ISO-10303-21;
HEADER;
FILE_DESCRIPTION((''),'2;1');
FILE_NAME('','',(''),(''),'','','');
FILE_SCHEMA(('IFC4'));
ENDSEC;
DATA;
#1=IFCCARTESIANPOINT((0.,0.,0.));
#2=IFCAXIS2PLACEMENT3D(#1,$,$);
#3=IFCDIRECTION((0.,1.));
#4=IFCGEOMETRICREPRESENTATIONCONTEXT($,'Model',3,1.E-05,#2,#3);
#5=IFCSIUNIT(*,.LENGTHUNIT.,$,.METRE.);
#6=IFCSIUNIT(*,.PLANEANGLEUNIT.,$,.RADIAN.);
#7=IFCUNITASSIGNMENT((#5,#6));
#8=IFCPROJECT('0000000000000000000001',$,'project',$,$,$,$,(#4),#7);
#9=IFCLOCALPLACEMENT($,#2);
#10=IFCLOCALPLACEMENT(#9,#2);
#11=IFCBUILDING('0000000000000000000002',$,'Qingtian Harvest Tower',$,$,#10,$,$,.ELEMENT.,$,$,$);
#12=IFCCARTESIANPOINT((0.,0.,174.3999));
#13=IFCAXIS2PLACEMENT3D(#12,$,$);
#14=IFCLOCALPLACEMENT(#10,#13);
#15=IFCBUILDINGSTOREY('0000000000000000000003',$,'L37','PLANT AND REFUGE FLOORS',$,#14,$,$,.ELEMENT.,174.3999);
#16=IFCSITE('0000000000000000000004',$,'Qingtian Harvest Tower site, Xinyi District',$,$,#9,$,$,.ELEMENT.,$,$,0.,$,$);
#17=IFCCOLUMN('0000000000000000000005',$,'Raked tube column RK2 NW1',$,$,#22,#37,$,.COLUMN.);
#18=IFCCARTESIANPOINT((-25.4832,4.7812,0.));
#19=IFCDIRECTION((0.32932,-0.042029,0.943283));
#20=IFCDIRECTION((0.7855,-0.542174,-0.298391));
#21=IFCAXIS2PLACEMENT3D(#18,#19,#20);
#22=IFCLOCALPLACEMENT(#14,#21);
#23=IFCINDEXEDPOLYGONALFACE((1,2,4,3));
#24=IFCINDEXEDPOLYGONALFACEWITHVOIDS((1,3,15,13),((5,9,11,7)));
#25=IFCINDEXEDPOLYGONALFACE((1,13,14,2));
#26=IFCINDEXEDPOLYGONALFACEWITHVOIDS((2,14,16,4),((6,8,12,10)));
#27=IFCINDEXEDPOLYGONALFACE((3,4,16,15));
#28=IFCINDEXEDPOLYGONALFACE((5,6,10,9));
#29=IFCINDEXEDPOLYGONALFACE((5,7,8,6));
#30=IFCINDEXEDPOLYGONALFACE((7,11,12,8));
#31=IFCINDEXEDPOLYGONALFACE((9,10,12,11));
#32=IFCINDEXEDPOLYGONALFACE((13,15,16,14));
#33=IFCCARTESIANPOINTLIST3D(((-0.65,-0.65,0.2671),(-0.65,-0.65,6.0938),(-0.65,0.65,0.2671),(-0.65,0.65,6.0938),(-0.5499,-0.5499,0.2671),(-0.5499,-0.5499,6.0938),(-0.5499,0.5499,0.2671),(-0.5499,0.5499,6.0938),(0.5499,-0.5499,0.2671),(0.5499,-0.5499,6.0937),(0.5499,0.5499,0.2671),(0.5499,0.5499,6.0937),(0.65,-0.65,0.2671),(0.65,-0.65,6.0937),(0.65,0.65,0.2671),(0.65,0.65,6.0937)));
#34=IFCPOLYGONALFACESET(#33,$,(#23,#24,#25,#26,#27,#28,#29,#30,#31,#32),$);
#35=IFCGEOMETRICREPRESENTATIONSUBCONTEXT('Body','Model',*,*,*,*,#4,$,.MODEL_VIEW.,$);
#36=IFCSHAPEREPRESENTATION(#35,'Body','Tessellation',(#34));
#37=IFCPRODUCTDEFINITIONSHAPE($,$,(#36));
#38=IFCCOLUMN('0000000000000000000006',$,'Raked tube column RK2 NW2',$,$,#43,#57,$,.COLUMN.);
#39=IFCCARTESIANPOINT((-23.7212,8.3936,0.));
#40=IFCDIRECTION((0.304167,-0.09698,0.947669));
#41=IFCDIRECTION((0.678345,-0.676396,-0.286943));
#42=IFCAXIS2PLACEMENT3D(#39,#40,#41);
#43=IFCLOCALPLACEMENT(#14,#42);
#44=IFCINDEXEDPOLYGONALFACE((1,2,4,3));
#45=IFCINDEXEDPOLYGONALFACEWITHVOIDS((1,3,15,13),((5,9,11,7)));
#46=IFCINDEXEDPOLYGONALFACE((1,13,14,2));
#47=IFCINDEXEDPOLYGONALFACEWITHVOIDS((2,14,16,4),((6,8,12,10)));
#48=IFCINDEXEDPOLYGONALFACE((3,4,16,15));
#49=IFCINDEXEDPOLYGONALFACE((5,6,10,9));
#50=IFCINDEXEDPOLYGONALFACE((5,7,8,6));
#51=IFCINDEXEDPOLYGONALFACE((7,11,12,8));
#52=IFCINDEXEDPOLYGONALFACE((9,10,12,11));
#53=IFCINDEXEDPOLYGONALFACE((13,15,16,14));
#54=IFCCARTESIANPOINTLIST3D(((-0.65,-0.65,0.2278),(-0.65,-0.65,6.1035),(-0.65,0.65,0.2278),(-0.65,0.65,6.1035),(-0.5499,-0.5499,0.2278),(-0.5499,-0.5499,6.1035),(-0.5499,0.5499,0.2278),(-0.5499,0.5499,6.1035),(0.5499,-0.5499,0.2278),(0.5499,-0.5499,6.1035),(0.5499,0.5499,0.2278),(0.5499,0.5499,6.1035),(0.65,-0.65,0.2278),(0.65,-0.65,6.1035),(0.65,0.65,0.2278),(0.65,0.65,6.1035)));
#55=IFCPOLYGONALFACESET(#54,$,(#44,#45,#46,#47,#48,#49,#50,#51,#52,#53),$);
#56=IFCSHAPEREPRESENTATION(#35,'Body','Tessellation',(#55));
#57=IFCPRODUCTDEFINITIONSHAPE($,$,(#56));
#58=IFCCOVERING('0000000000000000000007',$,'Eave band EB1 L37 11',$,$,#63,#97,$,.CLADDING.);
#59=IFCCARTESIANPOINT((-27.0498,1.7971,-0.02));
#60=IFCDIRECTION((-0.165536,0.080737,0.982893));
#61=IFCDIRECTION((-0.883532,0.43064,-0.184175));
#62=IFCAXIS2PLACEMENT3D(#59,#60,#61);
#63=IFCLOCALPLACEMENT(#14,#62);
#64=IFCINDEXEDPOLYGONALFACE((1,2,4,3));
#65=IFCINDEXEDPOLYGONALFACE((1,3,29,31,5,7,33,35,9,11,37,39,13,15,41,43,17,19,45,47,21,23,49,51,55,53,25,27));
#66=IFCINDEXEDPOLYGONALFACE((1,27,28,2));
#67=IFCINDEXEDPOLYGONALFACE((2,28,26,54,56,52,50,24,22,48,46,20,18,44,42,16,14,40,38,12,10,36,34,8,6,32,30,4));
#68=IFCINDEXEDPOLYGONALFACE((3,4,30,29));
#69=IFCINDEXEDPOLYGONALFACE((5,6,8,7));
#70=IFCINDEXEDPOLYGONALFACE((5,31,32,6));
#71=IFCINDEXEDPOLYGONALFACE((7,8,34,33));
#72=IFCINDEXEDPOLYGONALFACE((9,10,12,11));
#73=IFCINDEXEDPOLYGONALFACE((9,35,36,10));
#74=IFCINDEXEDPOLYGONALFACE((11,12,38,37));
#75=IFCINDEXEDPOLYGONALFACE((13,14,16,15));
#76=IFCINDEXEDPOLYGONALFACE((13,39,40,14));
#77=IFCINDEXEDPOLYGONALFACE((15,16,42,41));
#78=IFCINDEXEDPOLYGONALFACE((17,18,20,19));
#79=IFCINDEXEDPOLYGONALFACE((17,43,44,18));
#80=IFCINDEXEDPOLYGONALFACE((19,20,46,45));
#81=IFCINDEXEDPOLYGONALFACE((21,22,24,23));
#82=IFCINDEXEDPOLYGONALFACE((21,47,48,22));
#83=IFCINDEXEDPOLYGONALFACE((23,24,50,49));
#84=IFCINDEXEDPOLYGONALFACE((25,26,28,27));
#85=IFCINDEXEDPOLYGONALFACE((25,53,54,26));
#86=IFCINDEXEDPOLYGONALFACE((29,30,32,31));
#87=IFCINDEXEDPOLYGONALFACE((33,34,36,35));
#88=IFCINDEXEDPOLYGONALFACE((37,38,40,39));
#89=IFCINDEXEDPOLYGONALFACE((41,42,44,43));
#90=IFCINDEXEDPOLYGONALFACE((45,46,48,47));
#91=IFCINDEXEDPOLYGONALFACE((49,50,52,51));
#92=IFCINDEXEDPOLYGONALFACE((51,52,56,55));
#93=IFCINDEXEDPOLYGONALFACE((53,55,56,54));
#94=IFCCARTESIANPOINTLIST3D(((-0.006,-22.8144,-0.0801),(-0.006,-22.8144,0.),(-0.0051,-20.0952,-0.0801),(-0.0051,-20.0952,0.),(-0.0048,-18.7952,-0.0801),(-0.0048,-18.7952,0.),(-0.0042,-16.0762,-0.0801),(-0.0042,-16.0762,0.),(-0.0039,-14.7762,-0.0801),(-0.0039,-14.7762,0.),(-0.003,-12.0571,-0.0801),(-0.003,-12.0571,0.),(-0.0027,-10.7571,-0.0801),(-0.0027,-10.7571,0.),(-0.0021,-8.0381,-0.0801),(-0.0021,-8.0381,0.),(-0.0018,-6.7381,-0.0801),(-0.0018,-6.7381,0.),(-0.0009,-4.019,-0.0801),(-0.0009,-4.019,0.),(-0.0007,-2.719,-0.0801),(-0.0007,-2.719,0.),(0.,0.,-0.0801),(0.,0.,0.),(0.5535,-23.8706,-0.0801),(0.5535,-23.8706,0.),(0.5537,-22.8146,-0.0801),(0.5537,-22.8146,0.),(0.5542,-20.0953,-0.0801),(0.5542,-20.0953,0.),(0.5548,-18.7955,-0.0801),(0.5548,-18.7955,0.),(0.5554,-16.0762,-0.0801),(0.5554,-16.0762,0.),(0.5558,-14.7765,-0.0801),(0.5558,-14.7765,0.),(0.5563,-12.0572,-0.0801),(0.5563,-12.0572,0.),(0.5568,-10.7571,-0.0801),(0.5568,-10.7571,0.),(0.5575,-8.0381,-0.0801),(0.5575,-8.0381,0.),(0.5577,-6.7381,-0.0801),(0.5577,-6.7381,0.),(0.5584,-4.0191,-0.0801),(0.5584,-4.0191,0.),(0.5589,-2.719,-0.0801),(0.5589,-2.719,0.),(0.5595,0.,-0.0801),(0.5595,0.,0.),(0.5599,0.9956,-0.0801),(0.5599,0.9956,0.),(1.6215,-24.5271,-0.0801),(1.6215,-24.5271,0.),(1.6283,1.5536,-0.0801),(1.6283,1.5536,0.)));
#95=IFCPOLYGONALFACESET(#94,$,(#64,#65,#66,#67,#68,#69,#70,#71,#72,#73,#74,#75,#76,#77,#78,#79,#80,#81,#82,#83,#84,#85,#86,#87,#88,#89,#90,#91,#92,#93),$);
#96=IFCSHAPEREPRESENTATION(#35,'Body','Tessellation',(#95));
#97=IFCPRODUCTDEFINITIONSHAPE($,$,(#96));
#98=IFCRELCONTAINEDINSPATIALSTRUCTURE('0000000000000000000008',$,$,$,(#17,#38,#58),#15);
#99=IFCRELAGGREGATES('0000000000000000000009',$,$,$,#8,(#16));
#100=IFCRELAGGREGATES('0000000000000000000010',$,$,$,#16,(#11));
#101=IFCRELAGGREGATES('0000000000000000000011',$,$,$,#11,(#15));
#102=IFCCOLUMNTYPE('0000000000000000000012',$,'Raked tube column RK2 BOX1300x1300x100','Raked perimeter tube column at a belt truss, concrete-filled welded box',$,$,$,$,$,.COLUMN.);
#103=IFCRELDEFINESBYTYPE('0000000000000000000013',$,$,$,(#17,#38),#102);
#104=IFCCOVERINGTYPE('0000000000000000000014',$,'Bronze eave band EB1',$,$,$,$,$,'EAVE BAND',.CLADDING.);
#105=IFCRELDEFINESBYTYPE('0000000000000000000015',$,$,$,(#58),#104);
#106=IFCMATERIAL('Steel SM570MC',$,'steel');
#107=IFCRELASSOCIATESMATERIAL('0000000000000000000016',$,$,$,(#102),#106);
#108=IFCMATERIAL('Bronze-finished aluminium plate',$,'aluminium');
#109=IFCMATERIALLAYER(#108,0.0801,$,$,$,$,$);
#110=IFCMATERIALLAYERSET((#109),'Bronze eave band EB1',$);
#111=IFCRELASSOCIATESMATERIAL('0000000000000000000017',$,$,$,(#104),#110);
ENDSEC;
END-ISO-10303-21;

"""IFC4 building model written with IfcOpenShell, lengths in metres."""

from ifc_helpers import new_model, si_unit, direction, frame, origin, origin_2d, place, context, subcontext, project, spatial, polyline, hollow_rectangle, outline, extrude, clip, halfspace, material, layer, layer_set, material_profile, profile_set, type_object, element, save


model = new_model("IFC4")

# Units and contexts
model_context = context("Model", 3, precision=1e-05, world=origin(), true_north=direction((0.0, 1.0)))
body_context = subcontext(model_context, "Body", "Model", "MODEL_VIEW")
ifc_project = project(units=[si_unit("LENGTHUNIT", "METRE"), si_unit("PLANEANGLEUNIT", "RADIAN")], contexts=[model_context])

# Site, building, storey
site_placement = place(None, origin())
site = spatial("IfcSite", under=ifc_project, at=site_placement, Name="Qingtian Harvest Tower site, Xinyi District", CompositionType="ELEMENT", RefElevation=0.0)
building_placement = place(site_placement, origin())
building = spatial("IfcBuilding", under=site, at=building_placement, Name="Qingtian Harvest Tower", CompositionType="ELEMENT")
storey_placement = place(building_placement, frame((0.0, 0.0, 174.3999)))
storey = spatial("IfcBuildingStorey", under=building, at=storey_placement, Name="L37", Description="PLANT AND REFUGE FLOORS", CompositionType="ELEMENT", Elevation=174.3999)

# Columns
ifc_material_1 = material(Name="Steel SM570MC", Category="steel")
ifc_material_profile_1 = material_profile(ifc_material_1, hollow_rectangle(XDim=1.3, YDim=1.3, WallThickness=0.1001, at=origin_2d()), Name="BOX1300x1300x100")
ifc_profile_set_1 = profile_set([ifc_material_profile_1], Name="Steel SM570MC")
column_type = type_object("IfcColumnType", Name="Raked tube column RK2 BOX1300x1300x100", Description="Raked perimeter tube column at a belt truss, concrete-filled welded box", PredefinedType="COLUMN", material=ifc_profile_set_1)
column_1_placement = place(storey_placement, frame((-25.4832, 4.7812, 0.0), z_axis=(0.32932, -0.042029, 0.943283), x_axis=(0.7855, -0.542174, -0.298391)))
element("IfcColumn", 1, at=column_1_placement, inside=storey, type_object=column_type, Name="Raked tube column RK2 NW1", PredefinedType="COLUMN", context=body_context, shape_type="Clipping", body=[
    clip(clip(extrude(hollow_rectangle(XDim=1.3, YDim=1.3, WallThickness=0.1001, at=origin_2d()), origin(), (0.0, 0.0, 1.0), 6.3608), halfspace(frame((0.0, 0.0, 0.2671), z_axis=(0.0, 0.0, -1.0), x_axis=(0.0, -1.0, 0.0)), False)), halfspace(frame((0.0, 0.0, 6.0938), z_axis=(0.0, 0.0, 1.0), x_axis=(0.0, 1.0, 0.0)), False)),
])
column_2_placement = place(storey_placement, frame((-23.7212, 8.3936, 0.0), z_axis=(0.304167, -0.09698, 0.947669), x_axis=(0.678345, -0.676396, -0.286943)))
element("IfcColumn", 2, at=column_2_placement, inside=storey, type_object=column_type, Name="Raked tube column RK2 NW2", PredefinedType="COLUMN", context=body_context, shape_type="Clipping", body=[
    clip(clip(extrude(hollow_rectangle(XDim=1.3, YDim=1.3, WallThickness=0.1001, at=origin_2d()), origin(), (0.0, 0.0, 1.0), 6.3313), halfspace(frame((0.0, 0.0, 0.2278), z_axis=(0.0, 0.0, -1.0), x_axis=(0.0, -1.0, 0.0)), False)), halfspace(frame((0.0, 0.0, 6.1035), z_axis=(0.0, 0.0, 1.0), x_axis=(0.0, 1.0, 0.0)), False)),
])

# Covering
ifc_material_2 = material(Name="Bronze-finished aluminium plate", Category="aluminium")
ifc_layer_1 = layer(ifc_material_2, 0.0801)
ifc_layer_set_1 = layer_set([ifc_layer_1], Name="Bronze eave band EB1")
covering_type = type_object("IfcCoveringType", Name="Bronze eave band EB1", ElementType="EAVE BAND", PredefinedType="CLADDING", material=ifc_layer_set_1)
covering_placement = place(storey_placement, frame((-27.0498, 1.7971, -0.02), z_axis=(-0.165536, 0.080737, 0.982893), x_axis=(-0.883532, 0.43064, -0.184175)))
element("IfcCovering", 3, at=covering_placement, inside=storey, type_object=covering_type, Name="Eave band EB1 L37 11", PredefinedType="CLADDING", context=body_context, shape_type="SweptSolid", body=[
    extrude(outline(polyline([(0.0, 0.0), (0.5595, 0.0), (0.5599, 0.9956), (1.6283, 1.5536), (1.6215, -24.5271), (0.5535, -23.8706), (0.5537, -22.8146), (-0.006, -22.8144), (-0.0051, -20.0952), (0.5542, -20.0953), (0.5548, -18.7955), (-0.0048, -18.7952), (-0.0042, -16.0762), (0.5554, -16.0762), (0.5558, -14.7765), (-0.0039, -14.7762), (-0.003, -12.0571), (0.5563, -12.0572), (0.5568, -10.7571), (-0.0027, -10.7571), (-0.0021, -8.0381), (0.5575, -8.0381), (0.5577, -6.7381), (-0.0018, -6.7381), (-0.0009, -4.019), (0.5584, -4.0191), (0.5589, -2.719), (-0.0007, -2.719), (0.0, 0.0)])), origin(), (0.0, 0.0, -1.0), 0.0801),
])

save(model, "model.ifc")
